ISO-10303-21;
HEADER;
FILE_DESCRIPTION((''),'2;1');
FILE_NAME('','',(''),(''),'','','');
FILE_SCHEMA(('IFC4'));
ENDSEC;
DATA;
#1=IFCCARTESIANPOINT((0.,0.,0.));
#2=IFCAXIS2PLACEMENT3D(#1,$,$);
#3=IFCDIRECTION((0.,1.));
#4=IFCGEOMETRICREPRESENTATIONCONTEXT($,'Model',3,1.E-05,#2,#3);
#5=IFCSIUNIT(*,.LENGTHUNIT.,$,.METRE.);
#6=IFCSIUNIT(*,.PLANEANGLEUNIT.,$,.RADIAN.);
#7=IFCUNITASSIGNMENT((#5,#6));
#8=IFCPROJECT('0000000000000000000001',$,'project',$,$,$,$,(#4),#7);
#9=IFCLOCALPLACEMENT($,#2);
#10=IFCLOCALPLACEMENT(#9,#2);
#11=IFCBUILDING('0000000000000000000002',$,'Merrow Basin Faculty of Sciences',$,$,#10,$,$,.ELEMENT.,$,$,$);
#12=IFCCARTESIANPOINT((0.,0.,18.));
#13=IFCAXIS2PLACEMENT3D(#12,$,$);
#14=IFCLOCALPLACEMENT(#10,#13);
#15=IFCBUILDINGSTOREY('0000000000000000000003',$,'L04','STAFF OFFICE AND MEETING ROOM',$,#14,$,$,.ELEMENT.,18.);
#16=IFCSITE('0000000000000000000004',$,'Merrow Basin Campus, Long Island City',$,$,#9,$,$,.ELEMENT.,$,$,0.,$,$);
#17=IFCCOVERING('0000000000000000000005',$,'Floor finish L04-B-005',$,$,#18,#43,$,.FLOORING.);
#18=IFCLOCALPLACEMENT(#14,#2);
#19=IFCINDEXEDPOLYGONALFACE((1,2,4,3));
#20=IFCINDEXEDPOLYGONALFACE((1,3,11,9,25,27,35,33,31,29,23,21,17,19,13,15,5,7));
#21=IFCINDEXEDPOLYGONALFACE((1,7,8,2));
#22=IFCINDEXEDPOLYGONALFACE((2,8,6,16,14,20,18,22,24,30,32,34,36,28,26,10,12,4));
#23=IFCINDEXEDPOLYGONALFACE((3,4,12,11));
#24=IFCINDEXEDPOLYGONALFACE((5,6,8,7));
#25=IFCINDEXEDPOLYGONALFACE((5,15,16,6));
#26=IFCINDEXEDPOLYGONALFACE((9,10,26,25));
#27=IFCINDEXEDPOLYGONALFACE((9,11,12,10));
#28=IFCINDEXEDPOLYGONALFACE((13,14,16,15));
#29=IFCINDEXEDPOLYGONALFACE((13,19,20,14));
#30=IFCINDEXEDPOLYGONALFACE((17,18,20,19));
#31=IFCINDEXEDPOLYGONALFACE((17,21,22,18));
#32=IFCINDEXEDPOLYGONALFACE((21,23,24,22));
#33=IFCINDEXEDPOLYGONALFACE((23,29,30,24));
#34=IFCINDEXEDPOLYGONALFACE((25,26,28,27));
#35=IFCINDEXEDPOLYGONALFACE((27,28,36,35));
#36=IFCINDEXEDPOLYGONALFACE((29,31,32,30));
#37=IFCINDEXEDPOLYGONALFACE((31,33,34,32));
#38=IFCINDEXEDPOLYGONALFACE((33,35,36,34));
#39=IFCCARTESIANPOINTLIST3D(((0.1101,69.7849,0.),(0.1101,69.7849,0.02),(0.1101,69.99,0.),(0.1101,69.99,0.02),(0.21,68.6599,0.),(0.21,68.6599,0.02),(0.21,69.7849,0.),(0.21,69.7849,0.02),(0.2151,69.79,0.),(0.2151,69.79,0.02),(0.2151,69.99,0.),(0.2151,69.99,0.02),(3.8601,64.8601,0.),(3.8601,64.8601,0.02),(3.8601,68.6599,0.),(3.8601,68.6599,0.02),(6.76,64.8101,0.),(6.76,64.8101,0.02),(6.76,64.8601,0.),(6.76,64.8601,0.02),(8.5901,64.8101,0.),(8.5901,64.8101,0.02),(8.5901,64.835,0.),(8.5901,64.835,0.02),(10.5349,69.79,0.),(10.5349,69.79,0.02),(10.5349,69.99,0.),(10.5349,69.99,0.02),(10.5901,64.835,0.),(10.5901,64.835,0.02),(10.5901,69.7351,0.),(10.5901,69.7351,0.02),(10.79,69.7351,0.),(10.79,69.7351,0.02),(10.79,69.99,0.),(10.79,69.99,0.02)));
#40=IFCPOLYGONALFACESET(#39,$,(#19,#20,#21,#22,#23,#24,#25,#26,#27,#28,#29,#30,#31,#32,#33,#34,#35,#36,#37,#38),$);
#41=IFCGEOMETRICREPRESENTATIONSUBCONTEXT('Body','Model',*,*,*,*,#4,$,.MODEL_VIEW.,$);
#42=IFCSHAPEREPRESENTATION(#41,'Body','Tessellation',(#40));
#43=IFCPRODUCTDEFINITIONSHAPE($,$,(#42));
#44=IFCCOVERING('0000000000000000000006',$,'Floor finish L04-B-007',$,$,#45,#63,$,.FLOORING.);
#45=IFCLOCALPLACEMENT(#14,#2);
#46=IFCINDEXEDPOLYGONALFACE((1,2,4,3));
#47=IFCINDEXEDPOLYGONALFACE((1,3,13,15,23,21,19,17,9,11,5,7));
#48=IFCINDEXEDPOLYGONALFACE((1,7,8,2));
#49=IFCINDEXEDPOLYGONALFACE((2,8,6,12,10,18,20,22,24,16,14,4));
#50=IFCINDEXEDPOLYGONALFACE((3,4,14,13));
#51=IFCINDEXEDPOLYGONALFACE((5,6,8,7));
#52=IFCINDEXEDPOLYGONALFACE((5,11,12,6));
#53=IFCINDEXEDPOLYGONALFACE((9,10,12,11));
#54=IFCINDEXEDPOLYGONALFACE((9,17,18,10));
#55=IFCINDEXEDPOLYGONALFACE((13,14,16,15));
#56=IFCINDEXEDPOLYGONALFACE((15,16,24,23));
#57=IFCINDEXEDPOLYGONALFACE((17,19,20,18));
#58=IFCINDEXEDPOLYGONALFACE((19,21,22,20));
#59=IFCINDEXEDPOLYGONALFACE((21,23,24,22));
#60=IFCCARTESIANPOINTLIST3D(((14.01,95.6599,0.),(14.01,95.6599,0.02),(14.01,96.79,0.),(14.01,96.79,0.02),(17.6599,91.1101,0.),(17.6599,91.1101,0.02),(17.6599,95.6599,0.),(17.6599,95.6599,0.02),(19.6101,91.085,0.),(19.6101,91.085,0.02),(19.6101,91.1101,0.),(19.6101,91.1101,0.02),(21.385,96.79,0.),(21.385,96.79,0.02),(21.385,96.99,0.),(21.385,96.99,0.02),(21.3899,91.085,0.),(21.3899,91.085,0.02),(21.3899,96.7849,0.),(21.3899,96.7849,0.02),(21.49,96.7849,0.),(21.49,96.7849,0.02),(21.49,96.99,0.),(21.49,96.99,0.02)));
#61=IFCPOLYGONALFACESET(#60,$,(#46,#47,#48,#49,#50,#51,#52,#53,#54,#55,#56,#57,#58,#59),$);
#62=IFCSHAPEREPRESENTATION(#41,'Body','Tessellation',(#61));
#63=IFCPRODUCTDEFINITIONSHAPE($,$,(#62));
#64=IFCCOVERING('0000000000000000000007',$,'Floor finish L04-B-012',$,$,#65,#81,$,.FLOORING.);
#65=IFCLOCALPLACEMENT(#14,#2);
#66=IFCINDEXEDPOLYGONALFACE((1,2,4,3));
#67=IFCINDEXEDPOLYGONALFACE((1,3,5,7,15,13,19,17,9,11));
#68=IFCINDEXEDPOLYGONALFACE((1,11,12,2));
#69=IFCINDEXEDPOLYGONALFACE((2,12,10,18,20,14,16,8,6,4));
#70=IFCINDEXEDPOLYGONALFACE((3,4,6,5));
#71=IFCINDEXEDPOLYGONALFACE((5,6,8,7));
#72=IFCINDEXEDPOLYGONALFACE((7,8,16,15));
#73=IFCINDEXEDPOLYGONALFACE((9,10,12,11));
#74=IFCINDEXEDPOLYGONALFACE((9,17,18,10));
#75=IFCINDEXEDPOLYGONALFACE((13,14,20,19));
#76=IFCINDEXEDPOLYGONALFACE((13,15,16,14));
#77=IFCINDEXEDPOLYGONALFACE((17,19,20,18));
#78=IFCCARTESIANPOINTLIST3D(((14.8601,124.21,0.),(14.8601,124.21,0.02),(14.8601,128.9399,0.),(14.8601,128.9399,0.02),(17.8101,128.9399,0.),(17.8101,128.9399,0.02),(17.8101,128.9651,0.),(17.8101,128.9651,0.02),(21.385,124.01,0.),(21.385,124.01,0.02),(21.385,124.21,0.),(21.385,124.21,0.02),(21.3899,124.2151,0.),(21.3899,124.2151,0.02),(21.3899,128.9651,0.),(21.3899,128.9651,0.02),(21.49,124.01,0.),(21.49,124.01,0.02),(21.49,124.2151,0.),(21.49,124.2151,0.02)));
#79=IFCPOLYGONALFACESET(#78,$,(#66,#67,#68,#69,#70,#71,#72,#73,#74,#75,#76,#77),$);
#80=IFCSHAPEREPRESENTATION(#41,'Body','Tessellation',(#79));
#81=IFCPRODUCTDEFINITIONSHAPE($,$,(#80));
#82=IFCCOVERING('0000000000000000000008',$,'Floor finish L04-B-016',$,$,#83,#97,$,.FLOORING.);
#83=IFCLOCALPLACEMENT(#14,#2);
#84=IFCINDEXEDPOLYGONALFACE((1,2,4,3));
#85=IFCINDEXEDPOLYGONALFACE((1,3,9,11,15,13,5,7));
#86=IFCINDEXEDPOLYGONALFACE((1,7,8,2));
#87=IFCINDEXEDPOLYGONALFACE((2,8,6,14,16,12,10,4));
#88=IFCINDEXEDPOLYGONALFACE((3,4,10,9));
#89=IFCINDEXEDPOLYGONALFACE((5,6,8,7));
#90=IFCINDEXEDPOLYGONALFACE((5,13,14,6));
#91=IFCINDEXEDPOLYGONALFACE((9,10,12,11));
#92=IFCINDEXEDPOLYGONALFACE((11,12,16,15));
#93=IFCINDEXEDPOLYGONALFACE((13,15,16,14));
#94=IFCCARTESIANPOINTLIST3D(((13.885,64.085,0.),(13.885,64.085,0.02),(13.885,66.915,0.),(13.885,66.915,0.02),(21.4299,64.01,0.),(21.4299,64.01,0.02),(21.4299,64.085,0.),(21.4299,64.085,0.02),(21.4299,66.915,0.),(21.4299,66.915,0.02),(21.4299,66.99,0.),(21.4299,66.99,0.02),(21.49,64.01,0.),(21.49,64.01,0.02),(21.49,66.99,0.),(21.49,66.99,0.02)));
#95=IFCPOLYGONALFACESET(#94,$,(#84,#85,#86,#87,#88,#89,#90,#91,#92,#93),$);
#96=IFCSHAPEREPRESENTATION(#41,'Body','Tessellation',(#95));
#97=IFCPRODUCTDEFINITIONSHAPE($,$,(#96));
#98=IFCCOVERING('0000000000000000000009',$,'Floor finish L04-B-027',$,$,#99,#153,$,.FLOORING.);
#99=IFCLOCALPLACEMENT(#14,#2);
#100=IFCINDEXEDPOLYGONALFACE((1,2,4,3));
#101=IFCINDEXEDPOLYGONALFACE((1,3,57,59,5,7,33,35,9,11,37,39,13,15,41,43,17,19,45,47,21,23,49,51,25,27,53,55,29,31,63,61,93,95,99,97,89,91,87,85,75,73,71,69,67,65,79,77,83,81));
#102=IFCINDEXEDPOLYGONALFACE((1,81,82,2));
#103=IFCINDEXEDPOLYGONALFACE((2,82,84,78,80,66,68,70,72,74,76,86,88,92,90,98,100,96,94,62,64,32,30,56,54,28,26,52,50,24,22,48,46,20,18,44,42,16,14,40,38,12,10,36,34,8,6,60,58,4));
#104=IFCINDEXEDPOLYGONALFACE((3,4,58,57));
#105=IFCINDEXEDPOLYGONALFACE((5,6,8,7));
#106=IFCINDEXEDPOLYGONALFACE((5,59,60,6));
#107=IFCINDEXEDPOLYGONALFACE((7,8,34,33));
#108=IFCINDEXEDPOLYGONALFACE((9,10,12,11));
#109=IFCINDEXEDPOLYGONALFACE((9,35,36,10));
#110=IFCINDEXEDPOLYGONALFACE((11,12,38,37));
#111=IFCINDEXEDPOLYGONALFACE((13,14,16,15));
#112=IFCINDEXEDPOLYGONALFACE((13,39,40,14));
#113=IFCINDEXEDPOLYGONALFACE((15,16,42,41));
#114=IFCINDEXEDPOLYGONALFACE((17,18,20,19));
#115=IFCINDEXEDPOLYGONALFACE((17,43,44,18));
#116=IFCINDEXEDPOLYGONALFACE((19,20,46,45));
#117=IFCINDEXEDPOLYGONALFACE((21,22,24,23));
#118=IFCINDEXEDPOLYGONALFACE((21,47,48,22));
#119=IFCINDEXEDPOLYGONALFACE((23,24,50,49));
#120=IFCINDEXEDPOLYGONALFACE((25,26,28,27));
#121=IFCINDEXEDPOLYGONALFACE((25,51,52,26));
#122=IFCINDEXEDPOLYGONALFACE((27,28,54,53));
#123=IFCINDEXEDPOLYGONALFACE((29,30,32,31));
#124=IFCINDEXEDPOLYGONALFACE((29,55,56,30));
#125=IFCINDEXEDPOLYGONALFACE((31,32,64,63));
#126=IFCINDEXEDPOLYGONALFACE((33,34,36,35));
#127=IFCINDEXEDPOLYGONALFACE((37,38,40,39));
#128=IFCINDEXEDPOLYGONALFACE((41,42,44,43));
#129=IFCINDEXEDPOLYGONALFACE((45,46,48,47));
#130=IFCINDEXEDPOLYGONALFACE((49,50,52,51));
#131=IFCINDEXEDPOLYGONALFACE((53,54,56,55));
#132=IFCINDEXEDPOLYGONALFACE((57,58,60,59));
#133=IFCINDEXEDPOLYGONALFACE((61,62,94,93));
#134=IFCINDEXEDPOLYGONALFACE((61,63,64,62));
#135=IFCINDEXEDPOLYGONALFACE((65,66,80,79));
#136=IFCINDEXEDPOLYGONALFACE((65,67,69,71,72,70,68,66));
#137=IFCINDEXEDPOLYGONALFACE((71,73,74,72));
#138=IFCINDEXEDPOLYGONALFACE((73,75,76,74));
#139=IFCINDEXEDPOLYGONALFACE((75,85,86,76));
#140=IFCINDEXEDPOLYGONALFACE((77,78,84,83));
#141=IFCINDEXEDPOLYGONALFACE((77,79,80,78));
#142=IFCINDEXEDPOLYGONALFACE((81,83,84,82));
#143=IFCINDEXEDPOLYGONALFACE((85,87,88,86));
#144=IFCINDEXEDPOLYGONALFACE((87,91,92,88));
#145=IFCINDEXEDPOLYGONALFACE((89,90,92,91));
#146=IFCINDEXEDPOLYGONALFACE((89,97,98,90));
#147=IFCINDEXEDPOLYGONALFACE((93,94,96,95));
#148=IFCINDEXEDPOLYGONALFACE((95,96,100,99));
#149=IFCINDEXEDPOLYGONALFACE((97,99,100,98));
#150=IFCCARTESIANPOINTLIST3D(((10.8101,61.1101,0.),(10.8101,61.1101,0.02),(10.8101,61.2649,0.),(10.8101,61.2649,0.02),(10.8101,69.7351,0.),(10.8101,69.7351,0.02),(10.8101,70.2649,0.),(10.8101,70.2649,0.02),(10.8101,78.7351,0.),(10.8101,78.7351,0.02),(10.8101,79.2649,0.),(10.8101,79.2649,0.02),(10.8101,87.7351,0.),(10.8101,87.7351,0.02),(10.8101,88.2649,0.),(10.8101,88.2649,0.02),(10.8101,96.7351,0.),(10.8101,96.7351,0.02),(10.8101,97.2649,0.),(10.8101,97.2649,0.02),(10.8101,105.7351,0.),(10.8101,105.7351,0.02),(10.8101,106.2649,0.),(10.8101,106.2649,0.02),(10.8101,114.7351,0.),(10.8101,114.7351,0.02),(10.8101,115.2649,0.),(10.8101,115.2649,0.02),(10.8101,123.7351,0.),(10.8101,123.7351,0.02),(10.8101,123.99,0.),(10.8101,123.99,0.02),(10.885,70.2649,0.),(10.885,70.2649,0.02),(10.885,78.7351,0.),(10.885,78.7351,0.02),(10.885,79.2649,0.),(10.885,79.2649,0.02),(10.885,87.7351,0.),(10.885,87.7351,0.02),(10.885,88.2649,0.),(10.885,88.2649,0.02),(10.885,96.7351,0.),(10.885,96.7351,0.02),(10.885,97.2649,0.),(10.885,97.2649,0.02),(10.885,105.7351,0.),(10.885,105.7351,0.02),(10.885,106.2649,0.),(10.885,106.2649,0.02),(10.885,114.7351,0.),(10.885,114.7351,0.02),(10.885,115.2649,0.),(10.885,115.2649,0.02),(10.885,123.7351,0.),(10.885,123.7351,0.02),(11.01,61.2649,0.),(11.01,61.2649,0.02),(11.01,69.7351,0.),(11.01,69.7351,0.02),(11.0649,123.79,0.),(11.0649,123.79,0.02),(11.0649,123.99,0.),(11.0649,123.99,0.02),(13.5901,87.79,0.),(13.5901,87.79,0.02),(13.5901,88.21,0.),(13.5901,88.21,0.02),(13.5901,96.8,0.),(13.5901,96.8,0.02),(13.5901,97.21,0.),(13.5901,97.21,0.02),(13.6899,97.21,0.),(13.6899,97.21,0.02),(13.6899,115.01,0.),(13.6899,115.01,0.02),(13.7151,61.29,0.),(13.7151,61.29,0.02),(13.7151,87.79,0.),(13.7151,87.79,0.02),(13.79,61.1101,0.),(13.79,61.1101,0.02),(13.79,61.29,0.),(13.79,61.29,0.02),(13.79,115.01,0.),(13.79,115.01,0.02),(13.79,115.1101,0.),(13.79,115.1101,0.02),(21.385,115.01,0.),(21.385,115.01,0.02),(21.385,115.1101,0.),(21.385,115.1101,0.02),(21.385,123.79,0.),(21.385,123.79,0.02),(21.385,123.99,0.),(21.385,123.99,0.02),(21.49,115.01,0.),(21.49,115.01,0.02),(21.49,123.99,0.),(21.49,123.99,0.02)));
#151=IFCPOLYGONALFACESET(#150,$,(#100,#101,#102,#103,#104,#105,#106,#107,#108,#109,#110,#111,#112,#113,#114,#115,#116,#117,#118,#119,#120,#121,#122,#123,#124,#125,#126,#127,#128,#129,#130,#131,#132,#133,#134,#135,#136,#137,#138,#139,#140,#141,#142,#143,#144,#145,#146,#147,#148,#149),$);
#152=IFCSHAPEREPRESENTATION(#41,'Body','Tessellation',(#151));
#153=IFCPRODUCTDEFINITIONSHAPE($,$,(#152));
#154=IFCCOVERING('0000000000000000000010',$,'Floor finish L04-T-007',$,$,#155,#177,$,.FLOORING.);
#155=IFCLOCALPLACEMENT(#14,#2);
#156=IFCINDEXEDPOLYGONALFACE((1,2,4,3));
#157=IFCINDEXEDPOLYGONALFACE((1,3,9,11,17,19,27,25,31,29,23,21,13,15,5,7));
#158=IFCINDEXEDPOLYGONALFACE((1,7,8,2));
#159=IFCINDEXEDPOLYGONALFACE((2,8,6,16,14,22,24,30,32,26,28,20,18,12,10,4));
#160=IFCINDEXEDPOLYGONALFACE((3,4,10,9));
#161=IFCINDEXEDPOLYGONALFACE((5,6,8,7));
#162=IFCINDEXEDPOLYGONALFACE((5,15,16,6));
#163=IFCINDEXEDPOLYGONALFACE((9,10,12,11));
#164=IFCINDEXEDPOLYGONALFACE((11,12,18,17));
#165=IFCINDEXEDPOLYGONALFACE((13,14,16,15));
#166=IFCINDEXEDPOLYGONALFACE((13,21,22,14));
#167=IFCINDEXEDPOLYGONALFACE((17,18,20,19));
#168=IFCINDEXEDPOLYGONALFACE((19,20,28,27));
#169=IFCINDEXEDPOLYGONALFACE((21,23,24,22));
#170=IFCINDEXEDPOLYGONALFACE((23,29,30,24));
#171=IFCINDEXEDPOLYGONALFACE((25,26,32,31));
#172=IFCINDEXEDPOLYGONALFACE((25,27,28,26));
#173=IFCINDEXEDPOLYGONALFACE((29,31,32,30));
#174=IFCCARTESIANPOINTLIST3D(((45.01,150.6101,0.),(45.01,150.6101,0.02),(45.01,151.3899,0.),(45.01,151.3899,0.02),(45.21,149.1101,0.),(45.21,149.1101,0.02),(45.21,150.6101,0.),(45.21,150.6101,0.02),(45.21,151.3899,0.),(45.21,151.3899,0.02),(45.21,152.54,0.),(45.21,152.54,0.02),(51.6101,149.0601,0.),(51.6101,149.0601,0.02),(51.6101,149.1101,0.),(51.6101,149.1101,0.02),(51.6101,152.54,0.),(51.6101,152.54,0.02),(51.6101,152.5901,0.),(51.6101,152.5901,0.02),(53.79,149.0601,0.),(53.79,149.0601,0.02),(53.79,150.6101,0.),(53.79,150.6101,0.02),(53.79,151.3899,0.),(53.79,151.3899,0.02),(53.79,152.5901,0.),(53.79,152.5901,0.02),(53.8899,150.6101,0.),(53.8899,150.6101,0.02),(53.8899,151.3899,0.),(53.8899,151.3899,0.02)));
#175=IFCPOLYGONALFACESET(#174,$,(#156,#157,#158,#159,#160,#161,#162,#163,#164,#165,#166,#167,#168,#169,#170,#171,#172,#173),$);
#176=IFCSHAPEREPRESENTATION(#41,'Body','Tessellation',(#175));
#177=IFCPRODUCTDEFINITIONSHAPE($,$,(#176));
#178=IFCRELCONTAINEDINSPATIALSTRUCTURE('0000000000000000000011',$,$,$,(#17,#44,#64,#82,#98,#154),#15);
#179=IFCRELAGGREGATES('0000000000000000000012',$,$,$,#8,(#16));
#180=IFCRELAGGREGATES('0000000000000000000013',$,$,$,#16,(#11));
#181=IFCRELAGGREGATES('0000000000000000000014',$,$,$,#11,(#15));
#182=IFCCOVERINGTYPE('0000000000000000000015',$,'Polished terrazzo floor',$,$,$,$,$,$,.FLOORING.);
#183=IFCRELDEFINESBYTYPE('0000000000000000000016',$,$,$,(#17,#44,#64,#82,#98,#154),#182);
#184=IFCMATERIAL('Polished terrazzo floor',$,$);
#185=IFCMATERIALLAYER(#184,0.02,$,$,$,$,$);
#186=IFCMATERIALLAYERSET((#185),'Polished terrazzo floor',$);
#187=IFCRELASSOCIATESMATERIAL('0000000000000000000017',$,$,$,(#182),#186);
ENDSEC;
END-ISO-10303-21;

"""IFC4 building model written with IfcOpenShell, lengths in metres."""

from ifc_helpers import new_model, si_unit, direction, frame, origin, place, context, subcontext, project, spatial, polyline, outline, extrude, material, layer, layer_set, type_object, element, save


model = new_model("IFC4")

# Units and contexts
model_context = context("Model", 3, precision=1e-05, world=origin(), true_north=direction((0.0, 1.0)))
body_context = subcontext(model_context, "Body", "Model", "MODEL_VIEW")
ifc_project = project(units=[si_unit("LENGTHUNIT", "METRE"), si_unit("PLANEANGLEUNIT", "RADIAN")], contexts=[model_context])

# Site, building, storey
site_placement = place(None, origin())
site = spatial("IfcSite", under=ifc_project, at=site_placement, Name="Merrow Basin Campus, Long Island City", CompositionType="ELEMENT", RefElevation=0.0)
building_placement = place(site_placement, origin())
building = spatial("IfcBuilding", under=site, at=building_placement, Name="Merrow Basin Faculty of Sciences", CompositionType="ELEMENT")
storey_placement = place(building_placement, frame((0.0, 0.0, 18.0)))
storey = spatial("IfcBuildingStorey", under=building, at=storey_placement, Name="L04", Description="STAFF OFFICE AND MEETING ROOM", CompositionType="ELEMENT", Elevation=18.0)

# Coverings
ifc_material_1 = material(Name="Polished terrazzo floor")
ifc_layer_1 = layer(ifc_material_1, 0.02)
ifc_layer_set_1 = layer_set([ifc_layer_1], Name="Polished terrazzo floor")
covering_type_1 = type_object("IfcCoveringType", Name="Polished terrazzo floor", PredefinedType="FLOORING", material=ifc_layer_set_1)
covering_1_placement = place(storey_placement, origin())
element("IfcCovering", 1, at=covering_1_placement, inside=storey, type_object=covering_type_1, Name="Floor finish L04-B-005", PredefinedType="FLOORING", context=body_context, shape_type="SweptSolid", body=[
    extrude(outline(polyline([(10.5901, 64.835), (8.5901, 64.835), (8.5901, 64.8101), (6.76, 64.8101), (6.76, 64.8601), (3.8601, 64.8601), (3.8601, 68.6599), (0.21, 68.6599), (0.21, 69.7849), (0.1101, 69.7849), (0.1101, 69.99), (0.2151, 69.99), (0.2151, 69.79), (10.5349, 69.79), (10.5349, 69.99), (10.79, 69.99), (10.79, 69.7351), (10.5901, 69.7351), (10.5901, 64.835)])), origin(), (0.0, 0.0, 1.0), 0.02),
])
covering_2_placement = place(storey_placement, origin())
element("IfcCovering", 2, at=covering_2_placement, inside=storey, type_object=covering_type_1, Name="Floor finish L04-B-007", PredefinedType="FLOORING", context=body_context, shape_type="SweptSolid", body=[
    extrude(outline(polyline([(21.3899, 91.085), (19.6101, 91.085), (19.6101, 91.1101), (17.6599, 91.1101), (17.6599, 95.6599), (14.01, 95.6599), (14.01, 96.79), (21.385, 96.79), (21.385, 96.99), (21.49, 96.99), (21.49, 96.7849), (21.3899, 96.7849), (21.3899, 91.085)])), origin(), (0.0, 0.0, 1.0), 0.02),
])
covering_3_placement = place(storey_placement, origin())
element("IfcCovering", 3, at=covering_3_placement, inside=storey, type_object=covering_type_1, Name="Floor finish L04-B-012", PredefinedType="FLOORING", context=body_context, shape_type="SweptSolid", body=[
    extrude(outline(polyline([(21.3899, 128.9651), (21.3899, 124.2151), (21.49, 124.2151), (21.49, 124.01), (21.385, 124.01), (21.385, 124.21), (14.8601, 124.21), (14.8601, 128.9399), (17.8101, 128.9399), (17.8101, 128.9651), (21.3899, 128.9651)])), origin(), (0.0, 0.0, 1.0), 0.02),
])
covering_4_placement = place(storey_placement, origin())
element("IfcCovering", 4, at=covering_4_placement, inside=storey, type_object=covering_type_1, Name="Floor finish L04-B-016", PredefinedType="FLOORING", context=body_context, shape_type="SweptSolid", body=[
    extrude(outline(polyline([(21.49, 66.99), (21.49, 64.01), (21.4299, 64.01), (21.4299, 64.085), (13.885, 64.085), (13.885, 66.915), (21.4299, 66.915), (21.4299, 66.99), (21.49, 66.99)])), origin(), (0.0, 0.0, 1.0), 0.02),
])
covering_5_placement = place(storey_placement, origin())
element("IfcCovering", 5, at=covering_5_placement, inside=storey, type_object=covering_type_1, Name="Floor finish L04-B-027", PredefinedType="FLOORING", context=body_context, shape_type="SweptSolid", body=[
    extrude(outline(polyline([(11.0649, 123.99), (11.0649, 123.79), (21.385, 123.79), (21.385, 123.99), (21.49, 123.99), (21.49, 115.01), (21.385, 115.01), (21.385, 115.1101), (13.79, 115.1101), (13.79, 115.01), (13.6899, 115.01), (13.6899, 97.21), (13.5901, 97.21), (13.5901, 96.8), (13.5901, 88.21), (13.5901, 87.79), (13.7151, 87.79), (13.7151, 61.29), (13.79, 61.29), (13.79, 61.1101), (10.8101, 61.1101), (10.8101, 61.2649), (11.01, 61.2649), (11.01, 69.7351), (10.8101, 69.7351), (10.8101, 70.2649), (10.885, 70.2649), (10.885, 78.7351), (10.8101, 78.7351), (10.8101, 79.2649), (10.885, 79.2649), (10.885, 87.7351), (10.8101, 87.7351), (10.8101, 88.2649), (10.885, 88.2649), (10.885, 96.7351), (10.8101, 96.7351), (10.8101, 97.2649), (10.885, 97.2649), (10.885, 105.7351), (10.8101, 105.7351), (10.8101, 106.2649), (10.885, 106.2649), (10.885, 114.7351), (10.8101, 114.7351), (10.8101, 115.2649), (10.885, 115.2649), (10.885, 123.7351), (10.8101, 123.7351), (10.8101, 123.99), (11.0649, 123.99)])), origin(), (0.0, 0.0, 1.0), 0.02),
])
covering_6_placement = place(storey_placement, origin())
element("IfcCovering", 6, at=covering_6_placement, inside=storey, type_object=covering_type_1, Name="Floor finish L04-T-007", PredefinedType="FLOORING", context=body_context, shape_type="SweptSolid", body=[
    extrude(outline(polyline([(45.01, 151.3899), (45.21, 151.3899), (45.21, 152.54), (51.6101, 152.54), (51.6101, 152.5901), (53.79, 152.5901), (53.79, 151.3899), (53.8899, 151.3899), (53.8899, 150.6101), (53.79, 150.6101), (53.79, 149.0601), (51.6101, 149.0601), (51.6101, 149.1101), (45.21, 149.1101), (45.21, 150.6101), (45.01, 150.6101), (45.01, 151.3899)])), origin(), (0.0, 0.0, 1.0), 0.02),
])

save(model, "model.ifc")
